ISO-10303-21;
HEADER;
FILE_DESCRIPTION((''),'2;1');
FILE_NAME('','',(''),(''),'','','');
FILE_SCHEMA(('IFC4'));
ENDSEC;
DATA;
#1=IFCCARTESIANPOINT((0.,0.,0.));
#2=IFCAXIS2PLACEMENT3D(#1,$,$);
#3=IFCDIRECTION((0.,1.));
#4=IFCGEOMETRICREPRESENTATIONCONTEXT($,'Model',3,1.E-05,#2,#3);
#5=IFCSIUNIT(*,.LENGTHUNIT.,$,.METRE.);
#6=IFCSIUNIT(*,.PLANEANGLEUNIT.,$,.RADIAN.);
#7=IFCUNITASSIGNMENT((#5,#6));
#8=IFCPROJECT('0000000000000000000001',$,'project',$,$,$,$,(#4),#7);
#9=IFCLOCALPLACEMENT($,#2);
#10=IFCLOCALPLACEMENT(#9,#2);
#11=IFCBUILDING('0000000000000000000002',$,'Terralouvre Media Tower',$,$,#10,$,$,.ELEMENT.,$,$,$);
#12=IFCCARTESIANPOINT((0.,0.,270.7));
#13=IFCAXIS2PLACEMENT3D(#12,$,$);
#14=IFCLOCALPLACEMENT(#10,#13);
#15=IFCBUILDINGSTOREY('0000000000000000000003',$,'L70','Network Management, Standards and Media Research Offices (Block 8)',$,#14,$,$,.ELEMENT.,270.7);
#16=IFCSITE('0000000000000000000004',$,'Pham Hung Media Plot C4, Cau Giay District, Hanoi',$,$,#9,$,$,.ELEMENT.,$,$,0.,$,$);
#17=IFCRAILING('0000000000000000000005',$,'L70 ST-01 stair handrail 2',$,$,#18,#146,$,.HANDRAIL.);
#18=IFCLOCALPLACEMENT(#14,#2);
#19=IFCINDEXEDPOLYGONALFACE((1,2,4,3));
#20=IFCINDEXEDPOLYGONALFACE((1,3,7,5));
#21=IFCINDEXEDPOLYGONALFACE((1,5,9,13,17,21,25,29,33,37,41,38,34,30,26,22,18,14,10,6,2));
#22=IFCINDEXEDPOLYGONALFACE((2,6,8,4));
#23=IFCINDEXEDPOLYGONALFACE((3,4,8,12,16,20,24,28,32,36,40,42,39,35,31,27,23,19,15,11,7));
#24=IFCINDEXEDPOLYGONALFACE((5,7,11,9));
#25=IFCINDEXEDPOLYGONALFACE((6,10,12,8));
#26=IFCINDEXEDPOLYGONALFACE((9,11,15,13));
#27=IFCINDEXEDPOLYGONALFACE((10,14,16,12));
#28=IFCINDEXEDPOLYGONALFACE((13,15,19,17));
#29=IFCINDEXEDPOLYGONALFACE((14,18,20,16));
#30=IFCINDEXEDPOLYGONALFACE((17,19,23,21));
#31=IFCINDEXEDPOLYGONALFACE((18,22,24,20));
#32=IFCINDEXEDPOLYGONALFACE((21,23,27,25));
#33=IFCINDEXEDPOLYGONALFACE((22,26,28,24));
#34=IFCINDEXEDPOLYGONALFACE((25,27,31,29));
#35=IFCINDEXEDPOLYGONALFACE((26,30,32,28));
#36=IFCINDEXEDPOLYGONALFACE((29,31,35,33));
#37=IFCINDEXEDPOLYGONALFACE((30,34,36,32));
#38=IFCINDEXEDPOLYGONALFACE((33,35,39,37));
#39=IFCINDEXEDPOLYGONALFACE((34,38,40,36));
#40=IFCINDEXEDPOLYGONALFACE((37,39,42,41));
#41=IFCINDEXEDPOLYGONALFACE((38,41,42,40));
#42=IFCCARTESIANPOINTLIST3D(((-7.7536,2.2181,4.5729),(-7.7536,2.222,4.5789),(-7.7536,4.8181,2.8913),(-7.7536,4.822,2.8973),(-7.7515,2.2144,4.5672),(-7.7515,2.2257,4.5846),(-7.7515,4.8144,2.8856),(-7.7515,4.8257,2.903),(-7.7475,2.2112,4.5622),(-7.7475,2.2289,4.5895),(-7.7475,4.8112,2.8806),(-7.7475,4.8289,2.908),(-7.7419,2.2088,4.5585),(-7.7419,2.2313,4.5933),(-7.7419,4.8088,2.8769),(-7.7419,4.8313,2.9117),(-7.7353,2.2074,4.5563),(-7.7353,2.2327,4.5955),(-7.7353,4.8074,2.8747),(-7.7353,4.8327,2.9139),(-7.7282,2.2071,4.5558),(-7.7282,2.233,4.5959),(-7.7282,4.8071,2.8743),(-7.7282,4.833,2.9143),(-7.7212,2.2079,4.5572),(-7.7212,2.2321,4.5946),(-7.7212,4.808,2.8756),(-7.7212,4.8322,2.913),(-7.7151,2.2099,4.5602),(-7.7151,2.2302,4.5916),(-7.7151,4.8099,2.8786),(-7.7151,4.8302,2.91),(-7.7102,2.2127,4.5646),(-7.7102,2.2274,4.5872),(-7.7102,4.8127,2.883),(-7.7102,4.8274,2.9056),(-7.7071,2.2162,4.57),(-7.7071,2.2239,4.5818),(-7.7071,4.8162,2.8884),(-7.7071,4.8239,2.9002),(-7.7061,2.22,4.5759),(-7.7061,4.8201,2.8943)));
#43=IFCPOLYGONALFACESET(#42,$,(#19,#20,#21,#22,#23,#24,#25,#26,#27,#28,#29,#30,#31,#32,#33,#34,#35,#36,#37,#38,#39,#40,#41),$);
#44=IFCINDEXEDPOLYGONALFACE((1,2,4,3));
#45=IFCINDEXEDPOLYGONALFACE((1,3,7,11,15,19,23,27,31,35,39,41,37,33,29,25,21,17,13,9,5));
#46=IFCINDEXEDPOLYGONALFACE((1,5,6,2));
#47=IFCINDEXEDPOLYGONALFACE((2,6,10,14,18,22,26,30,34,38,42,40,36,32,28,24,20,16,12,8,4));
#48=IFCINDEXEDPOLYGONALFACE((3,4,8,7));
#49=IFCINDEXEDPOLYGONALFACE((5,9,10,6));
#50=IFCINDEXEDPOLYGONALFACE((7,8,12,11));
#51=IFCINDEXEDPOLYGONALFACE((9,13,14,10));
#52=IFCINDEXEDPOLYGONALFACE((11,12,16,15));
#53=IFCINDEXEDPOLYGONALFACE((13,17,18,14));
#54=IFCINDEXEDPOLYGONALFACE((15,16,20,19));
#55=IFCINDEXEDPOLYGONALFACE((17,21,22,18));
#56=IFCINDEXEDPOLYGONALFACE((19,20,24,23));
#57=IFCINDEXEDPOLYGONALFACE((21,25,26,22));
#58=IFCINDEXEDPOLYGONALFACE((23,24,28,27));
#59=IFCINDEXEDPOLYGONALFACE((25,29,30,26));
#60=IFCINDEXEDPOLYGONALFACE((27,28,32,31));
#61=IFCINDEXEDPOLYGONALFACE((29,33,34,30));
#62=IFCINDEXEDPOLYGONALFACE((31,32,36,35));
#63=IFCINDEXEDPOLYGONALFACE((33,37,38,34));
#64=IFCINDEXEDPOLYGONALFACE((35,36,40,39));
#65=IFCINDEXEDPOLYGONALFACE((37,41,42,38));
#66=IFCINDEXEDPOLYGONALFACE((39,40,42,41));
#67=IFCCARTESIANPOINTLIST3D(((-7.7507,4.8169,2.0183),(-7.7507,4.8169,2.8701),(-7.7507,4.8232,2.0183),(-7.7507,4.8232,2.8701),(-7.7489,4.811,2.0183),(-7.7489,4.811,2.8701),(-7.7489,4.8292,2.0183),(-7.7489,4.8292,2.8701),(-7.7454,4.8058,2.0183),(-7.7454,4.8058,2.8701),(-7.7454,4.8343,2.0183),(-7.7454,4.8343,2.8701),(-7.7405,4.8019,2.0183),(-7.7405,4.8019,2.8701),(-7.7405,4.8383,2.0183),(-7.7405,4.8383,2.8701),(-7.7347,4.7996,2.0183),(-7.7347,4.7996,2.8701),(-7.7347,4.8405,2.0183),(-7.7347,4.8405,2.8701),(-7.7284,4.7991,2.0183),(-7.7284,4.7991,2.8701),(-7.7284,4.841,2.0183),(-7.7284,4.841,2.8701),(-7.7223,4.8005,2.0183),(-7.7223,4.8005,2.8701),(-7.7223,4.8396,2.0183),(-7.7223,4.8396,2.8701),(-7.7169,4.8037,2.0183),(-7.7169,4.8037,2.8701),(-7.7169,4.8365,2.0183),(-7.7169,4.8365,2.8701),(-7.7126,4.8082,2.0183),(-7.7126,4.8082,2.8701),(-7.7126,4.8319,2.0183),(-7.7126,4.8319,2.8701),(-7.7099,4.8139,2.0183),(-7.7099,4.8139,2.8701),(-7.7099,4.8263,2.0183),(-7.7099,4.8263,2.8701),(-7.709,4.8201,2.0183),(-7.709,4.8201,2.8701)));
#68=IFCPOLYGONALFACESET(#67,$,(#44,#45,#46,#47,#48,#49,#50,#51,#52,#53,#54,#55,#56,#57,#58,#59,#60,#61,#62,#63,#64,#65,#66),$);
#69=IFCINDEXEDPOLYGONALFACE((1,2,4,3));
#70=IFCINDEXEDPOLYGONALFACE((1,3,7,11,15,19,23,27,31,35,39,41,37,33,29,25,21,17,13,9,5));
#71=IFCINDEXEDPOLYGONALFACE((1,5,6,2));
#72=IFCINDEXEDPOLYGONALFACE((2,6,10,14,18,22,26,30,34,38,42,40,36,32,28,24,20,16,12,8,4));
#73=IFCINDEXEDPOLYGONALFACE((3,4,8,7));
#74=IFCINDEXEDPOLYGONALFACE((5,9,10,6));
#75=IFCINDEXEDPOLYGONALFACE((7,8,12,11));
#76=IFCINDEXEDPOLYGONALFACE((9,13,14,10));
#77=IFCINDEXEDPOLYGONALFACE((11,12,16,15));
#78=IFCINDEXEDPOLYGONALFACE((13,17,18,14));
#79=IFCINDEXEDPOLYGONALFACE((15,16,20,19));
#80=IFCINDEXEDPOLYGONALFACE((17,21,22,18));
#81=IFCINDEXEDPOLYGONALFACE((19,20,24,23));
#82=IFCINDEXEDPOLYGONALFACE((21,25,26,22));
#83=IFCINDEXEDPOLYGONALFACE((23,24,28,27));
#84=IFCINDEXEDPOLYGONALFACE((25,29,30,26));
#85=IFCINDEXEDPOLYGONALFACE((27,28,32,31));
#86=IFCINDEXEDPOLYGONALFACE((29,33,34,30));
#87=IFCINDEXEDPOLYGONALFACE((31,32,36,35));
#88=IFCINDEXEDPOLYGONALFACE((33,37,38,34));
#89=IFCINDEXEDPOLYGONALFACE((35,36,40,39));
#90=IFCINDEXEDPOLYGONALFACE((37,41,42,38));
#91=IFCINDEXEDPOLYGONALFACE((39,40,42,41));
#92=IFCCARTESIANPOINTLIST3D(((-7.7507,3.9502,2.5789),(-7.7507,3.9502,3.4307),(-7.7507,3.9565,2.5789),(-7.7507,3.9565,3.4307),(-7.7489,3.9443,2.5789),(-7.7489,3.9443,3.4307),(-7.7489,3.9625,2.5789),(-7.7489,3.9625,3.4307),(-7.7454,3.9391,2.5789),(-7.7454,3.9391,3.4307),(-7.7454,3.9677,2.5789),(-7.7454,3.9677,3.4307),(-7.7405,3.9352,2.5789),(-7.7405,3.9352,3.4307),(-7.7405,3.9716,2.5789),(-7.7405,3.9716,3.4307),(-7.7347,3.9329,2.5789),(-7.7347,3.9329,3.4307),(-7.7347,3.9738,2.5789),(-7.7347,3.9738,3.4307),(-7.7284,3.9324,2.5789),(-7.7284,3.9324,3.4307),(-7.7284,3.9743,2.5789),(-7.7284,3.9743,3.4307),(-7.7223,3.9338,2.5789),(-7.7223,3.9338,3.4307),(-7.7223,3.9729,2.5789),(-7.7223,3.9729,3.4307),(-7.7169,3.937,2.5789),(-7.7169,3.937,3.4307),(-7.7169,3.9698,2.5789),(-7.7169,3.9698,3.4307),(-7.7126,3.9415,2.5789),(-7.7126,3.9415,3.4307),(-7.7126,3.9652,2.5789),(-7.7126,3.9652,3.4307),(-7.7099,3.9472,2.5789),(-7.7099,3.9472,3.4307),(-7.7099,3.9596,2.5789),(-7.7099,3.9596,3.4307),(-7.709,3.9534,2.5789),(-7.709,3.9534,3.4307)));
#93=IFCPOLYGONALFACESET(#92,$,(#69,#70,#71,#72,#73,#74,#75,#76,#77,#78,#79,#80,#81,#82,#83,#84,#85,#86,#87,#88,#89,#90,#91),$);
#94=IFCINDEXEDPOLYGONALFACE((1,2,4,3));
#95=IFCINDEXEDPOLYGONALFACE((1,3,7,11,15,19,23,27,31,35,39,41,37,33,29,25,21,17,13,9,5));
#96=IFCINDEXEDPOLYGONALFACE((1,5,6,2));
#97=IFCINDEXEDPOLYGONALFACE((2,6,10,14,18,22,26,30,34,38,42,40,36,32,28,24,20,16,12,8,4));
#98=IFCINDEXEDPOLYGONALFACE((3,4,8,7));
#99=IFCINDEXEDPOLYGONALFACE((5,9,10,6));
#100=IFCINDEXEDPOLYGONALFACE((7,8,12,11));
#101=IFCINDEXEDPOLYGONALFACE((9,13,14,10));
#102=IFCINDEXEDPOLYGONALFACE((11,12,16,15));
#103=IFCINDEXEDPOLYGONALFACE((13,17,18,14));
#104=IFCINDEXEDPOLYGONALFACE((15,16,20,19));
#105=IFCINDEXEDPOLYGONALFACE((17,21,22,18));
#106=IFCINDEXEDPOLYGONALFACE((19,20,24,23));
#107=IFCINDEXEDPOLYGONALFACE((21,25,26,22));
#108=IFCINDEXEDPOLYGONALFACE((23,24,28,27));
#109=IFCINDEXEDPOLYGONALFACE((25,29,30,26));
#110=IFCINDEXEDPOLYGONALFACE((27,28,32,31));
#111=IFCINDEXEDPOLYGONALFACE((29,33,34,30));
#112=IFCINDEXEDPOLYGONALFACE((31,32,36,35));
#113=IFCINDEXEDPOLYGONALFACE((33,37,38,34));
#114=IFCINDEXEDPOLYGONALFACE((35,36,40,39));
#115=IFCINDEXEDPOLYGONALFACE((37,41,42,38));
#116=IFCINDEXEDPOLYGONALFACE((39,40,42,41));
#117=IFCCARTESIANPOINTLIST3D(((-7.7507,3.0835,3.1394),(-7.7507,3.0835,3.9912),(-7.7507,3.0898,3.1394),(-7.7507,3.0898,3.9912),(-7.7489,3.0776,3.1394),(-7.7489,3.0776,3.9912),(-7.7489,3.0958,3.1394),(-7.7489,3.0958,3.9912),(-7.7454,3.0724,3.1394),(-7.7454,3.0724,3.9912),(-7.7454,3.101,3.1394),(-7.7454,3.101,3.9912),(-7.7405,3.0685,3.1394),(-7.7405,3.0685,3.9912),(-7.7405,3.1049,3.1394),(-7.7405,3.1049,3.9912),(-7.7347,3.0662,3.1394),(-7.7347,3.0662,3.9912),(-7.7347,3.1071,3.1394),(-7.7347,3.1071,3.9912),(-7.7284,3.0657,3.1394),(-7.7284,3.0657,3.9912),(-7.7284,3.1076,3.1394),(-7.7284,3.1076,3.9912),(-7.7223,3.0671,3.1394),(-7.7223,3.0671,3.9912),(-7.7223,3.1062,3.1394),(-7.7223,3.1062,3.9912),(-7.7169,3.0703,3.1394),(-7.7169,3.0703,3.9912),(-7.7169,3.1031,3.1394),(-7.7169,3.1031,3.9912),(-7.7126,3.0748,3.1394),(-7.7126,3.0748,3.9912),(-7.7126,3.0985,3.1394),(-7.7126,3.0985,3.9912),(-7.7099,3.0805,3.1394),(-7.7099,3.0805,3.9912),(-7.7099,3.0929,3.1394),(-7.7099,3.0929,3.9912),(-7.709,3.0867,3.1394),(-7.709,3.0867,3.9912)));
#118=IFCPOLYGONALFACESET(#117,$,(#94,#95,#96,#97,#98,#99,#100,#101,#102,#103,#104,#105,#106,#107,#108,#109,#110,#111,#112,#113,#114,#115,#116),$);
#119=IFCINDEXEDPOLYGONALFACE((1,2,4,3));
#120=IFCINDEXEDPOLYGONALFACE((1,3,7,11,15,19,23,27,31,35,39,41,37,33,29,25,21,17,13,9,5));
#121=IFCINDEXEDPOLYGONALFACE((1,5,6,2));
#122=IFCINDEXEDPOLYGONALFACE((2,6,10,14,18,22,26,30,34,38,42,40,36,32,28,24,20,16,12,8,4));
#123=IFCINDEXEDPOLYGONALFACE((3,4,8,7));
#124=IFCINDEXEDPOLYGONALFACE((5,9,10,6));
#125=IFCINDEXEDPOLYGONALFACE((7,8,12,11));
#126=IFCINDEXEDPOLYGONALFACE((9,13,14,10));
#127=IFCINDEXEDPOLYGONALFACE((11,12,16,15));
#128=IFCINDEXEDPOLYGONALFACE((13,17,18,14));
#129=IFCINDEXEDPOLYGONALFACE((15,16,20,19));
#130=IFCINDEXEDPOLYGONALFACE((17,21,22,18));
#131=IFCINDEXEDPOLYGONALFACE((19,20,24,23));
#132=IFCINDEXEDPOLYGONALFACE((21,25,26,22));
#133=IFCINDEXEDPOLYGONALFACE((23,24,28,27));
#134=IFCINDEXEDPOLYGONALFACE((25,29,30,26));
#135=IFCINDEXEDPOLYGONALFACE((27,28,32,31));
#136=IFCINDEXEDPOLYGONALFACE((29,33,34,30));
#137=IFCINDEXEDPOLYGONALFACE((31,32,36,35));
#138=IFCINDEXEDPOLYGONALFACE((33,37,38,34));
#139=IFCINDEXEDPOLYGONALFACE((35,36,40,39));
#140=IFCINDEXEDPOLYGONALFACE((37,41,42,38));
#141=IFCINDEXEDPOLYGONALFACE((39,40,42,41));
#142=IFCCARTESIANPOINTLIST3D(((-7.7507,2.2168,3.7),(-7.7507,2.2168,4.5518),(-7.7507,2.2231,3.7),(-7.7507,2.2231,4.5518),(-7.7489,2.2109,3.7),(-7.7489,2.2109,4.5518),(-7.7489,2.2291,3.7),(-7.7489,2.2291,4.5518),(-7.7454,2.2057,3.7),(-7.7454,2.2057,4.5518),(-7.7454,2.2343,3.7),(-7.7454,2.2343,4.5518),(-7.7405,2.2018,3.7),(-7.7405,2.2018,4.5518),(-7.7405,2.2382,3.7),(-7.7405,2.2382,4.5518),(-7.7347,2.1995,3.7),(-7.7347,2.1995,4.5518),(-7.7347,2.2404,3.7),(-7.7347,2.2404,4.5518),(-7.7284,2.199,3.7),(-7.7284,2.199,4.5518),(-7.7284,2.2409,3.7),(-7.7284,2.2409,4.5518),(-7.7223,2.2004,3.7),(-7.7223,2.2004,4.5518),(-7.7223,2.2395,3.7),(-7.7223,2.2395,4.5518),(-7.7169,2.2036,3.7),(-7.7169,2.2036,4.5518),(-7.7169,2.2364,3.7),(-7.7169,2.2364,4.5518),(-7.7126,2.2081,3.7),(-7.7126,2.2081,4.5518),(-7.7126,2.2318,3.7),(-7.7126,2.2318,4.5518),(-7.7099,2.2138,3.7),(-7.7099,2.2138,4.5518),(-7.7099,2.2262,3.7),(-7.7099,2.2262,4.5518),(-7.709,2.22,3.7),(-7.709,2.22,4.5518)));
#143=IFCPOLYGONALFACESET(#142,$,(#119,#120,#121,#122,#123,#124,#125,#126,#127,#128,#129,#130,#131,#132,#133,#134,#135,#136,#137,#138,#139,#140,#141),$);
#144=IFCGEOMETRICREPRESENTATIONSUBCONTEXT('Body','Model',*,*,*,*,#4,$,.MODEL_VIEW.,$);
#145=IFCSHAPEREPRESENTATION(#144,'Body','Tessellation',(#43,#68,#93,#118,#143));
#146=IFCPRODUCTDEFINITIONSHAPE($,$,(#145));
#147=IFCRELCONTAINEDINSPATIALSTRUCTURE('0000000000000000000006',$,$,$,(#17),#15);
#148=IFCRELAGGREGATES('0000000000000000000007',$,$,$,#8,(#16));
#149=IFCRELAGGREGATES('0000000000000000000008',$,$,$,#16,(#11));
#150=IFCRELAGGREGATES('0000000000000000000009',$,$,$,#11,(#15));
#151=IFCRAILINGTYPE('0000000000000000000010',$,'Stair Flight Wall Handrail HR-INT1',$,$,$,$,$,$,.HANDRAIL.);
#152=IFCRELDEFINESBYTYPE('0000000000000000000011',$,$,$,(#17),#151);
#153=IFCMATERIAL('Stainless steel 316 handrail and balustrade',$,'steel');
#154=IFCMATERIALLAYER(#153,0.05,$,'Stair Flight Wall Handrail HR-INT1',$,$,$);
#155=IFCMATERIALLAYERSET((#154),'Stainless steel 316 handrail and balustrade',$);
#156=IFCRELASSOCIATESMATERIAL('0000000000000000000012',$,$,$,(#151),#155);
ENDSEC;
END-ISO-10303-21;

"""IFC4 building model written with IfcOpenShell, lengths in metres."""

from ifc_helpers import new_model, si_unit, direction, frame, origin, origin_2d, place, context, subcontext, project, spatial, circle, extrude, material, layer, layer_set, type_object, element, save


model = new_model("IFC4")

# Units and contexts
model_context = context("Model", 3, precision=1e-05, world=origin(), true_north=direction((0.0, 1.0)))
body_context = subcontext(model_context, "Body", "Model", "MODEL_VIEW")
ifc_project = project(units=[si_unit("LENGTHUNIT", "METRE"), si_unit("PLANEANGLEUNIT", "RADIAN")], contexts=[model_context])

# Site, building, storey
site_placement = place(None, origin())
site = spatial("IfcSite", under=ifc_project, at=site_placement, Name="Pham Hung Media Plot C4, Cau Giay District, Hanoi", CompositionType="ELEMENT", RefElevation=0.0)
building_placement = place(site_placement, origin())
building = spatial("IfcBuilding", under=site, at=building_placement, Name="Terralouvre Media Tower", CompositionType="ELEMENT")
storey_placement = place(building_placement, frame((0.0, 0.0, 270.7)))
storey = spatial("IfcBuildingStorey", under=building, at=storey_placement, Name="L70", Description="Network Management, Standards and Media Research Offices (Block 8)", CompositionType="ELEMENT", Elevation=270.7)

# Railing
ifc_material_1 = material(Name="Stainless steel 316 handrail and balustrade", Category="steel")
ifc_layer_1 = layer(ifc_material_1, 0.05, Name="Stair Flight Wall Handrail HR-INT1")
ifc_layer_set_1 = layer_set([ifc_layer_1], Name="Stainless steel 316 handrail and balustrade")
railing_type_1 = type_object("IfcRailingType", Name="Stair Flight Wall Handrail HR-INT1", PredefinedType="HANDRAIL", material=ifc_layer_set_1)
railing_1_placement = place(storey_placement, frame((-7.73, 4.8201, 2.0183)))
element("IfcRailing", 1, at=railing_1_placement, inside=storey, type_object=railing_type_1, Name="L70 ST-01 stair handrail 2", PredefinedType="HANDRAIL", context=body_context, shape_type="SweptSolid", body=[
    extrude(circle(Radius=0.0239, at=origin_2d()), frame((0.0, 0.0, 0.876), z_axis=(0.0, -0.839684, 0.543075), x_axis=(1.0, 0.0, 0.0)), (0.0, 0.0, 1.0), 3.0964),
    extrude(circle(Radius=0.021, at=origin_2d()), origin(), (0.0, 0.0, 1.0), 0.8518),
    extrude(circle(Radius=0.021, at=origin_2d()), frame((0.0, -0.8667, 0.5605)), (0.0, 0.0, 1.0), 0.8518),
    extrude(circle(Radius=0.021, at=origin_2d()), frame((0.0, -1.7334, 1.1211)), (0.0, 0.0, 1.0), 0.8518),
    extrude(circle(Radius=0.021, at=origin_2d()), frame((0.0, -2.6001, 1.6816)), (0.0, 0.0, 1.0), 0.8518),
])

save(model, "model.ifc")
